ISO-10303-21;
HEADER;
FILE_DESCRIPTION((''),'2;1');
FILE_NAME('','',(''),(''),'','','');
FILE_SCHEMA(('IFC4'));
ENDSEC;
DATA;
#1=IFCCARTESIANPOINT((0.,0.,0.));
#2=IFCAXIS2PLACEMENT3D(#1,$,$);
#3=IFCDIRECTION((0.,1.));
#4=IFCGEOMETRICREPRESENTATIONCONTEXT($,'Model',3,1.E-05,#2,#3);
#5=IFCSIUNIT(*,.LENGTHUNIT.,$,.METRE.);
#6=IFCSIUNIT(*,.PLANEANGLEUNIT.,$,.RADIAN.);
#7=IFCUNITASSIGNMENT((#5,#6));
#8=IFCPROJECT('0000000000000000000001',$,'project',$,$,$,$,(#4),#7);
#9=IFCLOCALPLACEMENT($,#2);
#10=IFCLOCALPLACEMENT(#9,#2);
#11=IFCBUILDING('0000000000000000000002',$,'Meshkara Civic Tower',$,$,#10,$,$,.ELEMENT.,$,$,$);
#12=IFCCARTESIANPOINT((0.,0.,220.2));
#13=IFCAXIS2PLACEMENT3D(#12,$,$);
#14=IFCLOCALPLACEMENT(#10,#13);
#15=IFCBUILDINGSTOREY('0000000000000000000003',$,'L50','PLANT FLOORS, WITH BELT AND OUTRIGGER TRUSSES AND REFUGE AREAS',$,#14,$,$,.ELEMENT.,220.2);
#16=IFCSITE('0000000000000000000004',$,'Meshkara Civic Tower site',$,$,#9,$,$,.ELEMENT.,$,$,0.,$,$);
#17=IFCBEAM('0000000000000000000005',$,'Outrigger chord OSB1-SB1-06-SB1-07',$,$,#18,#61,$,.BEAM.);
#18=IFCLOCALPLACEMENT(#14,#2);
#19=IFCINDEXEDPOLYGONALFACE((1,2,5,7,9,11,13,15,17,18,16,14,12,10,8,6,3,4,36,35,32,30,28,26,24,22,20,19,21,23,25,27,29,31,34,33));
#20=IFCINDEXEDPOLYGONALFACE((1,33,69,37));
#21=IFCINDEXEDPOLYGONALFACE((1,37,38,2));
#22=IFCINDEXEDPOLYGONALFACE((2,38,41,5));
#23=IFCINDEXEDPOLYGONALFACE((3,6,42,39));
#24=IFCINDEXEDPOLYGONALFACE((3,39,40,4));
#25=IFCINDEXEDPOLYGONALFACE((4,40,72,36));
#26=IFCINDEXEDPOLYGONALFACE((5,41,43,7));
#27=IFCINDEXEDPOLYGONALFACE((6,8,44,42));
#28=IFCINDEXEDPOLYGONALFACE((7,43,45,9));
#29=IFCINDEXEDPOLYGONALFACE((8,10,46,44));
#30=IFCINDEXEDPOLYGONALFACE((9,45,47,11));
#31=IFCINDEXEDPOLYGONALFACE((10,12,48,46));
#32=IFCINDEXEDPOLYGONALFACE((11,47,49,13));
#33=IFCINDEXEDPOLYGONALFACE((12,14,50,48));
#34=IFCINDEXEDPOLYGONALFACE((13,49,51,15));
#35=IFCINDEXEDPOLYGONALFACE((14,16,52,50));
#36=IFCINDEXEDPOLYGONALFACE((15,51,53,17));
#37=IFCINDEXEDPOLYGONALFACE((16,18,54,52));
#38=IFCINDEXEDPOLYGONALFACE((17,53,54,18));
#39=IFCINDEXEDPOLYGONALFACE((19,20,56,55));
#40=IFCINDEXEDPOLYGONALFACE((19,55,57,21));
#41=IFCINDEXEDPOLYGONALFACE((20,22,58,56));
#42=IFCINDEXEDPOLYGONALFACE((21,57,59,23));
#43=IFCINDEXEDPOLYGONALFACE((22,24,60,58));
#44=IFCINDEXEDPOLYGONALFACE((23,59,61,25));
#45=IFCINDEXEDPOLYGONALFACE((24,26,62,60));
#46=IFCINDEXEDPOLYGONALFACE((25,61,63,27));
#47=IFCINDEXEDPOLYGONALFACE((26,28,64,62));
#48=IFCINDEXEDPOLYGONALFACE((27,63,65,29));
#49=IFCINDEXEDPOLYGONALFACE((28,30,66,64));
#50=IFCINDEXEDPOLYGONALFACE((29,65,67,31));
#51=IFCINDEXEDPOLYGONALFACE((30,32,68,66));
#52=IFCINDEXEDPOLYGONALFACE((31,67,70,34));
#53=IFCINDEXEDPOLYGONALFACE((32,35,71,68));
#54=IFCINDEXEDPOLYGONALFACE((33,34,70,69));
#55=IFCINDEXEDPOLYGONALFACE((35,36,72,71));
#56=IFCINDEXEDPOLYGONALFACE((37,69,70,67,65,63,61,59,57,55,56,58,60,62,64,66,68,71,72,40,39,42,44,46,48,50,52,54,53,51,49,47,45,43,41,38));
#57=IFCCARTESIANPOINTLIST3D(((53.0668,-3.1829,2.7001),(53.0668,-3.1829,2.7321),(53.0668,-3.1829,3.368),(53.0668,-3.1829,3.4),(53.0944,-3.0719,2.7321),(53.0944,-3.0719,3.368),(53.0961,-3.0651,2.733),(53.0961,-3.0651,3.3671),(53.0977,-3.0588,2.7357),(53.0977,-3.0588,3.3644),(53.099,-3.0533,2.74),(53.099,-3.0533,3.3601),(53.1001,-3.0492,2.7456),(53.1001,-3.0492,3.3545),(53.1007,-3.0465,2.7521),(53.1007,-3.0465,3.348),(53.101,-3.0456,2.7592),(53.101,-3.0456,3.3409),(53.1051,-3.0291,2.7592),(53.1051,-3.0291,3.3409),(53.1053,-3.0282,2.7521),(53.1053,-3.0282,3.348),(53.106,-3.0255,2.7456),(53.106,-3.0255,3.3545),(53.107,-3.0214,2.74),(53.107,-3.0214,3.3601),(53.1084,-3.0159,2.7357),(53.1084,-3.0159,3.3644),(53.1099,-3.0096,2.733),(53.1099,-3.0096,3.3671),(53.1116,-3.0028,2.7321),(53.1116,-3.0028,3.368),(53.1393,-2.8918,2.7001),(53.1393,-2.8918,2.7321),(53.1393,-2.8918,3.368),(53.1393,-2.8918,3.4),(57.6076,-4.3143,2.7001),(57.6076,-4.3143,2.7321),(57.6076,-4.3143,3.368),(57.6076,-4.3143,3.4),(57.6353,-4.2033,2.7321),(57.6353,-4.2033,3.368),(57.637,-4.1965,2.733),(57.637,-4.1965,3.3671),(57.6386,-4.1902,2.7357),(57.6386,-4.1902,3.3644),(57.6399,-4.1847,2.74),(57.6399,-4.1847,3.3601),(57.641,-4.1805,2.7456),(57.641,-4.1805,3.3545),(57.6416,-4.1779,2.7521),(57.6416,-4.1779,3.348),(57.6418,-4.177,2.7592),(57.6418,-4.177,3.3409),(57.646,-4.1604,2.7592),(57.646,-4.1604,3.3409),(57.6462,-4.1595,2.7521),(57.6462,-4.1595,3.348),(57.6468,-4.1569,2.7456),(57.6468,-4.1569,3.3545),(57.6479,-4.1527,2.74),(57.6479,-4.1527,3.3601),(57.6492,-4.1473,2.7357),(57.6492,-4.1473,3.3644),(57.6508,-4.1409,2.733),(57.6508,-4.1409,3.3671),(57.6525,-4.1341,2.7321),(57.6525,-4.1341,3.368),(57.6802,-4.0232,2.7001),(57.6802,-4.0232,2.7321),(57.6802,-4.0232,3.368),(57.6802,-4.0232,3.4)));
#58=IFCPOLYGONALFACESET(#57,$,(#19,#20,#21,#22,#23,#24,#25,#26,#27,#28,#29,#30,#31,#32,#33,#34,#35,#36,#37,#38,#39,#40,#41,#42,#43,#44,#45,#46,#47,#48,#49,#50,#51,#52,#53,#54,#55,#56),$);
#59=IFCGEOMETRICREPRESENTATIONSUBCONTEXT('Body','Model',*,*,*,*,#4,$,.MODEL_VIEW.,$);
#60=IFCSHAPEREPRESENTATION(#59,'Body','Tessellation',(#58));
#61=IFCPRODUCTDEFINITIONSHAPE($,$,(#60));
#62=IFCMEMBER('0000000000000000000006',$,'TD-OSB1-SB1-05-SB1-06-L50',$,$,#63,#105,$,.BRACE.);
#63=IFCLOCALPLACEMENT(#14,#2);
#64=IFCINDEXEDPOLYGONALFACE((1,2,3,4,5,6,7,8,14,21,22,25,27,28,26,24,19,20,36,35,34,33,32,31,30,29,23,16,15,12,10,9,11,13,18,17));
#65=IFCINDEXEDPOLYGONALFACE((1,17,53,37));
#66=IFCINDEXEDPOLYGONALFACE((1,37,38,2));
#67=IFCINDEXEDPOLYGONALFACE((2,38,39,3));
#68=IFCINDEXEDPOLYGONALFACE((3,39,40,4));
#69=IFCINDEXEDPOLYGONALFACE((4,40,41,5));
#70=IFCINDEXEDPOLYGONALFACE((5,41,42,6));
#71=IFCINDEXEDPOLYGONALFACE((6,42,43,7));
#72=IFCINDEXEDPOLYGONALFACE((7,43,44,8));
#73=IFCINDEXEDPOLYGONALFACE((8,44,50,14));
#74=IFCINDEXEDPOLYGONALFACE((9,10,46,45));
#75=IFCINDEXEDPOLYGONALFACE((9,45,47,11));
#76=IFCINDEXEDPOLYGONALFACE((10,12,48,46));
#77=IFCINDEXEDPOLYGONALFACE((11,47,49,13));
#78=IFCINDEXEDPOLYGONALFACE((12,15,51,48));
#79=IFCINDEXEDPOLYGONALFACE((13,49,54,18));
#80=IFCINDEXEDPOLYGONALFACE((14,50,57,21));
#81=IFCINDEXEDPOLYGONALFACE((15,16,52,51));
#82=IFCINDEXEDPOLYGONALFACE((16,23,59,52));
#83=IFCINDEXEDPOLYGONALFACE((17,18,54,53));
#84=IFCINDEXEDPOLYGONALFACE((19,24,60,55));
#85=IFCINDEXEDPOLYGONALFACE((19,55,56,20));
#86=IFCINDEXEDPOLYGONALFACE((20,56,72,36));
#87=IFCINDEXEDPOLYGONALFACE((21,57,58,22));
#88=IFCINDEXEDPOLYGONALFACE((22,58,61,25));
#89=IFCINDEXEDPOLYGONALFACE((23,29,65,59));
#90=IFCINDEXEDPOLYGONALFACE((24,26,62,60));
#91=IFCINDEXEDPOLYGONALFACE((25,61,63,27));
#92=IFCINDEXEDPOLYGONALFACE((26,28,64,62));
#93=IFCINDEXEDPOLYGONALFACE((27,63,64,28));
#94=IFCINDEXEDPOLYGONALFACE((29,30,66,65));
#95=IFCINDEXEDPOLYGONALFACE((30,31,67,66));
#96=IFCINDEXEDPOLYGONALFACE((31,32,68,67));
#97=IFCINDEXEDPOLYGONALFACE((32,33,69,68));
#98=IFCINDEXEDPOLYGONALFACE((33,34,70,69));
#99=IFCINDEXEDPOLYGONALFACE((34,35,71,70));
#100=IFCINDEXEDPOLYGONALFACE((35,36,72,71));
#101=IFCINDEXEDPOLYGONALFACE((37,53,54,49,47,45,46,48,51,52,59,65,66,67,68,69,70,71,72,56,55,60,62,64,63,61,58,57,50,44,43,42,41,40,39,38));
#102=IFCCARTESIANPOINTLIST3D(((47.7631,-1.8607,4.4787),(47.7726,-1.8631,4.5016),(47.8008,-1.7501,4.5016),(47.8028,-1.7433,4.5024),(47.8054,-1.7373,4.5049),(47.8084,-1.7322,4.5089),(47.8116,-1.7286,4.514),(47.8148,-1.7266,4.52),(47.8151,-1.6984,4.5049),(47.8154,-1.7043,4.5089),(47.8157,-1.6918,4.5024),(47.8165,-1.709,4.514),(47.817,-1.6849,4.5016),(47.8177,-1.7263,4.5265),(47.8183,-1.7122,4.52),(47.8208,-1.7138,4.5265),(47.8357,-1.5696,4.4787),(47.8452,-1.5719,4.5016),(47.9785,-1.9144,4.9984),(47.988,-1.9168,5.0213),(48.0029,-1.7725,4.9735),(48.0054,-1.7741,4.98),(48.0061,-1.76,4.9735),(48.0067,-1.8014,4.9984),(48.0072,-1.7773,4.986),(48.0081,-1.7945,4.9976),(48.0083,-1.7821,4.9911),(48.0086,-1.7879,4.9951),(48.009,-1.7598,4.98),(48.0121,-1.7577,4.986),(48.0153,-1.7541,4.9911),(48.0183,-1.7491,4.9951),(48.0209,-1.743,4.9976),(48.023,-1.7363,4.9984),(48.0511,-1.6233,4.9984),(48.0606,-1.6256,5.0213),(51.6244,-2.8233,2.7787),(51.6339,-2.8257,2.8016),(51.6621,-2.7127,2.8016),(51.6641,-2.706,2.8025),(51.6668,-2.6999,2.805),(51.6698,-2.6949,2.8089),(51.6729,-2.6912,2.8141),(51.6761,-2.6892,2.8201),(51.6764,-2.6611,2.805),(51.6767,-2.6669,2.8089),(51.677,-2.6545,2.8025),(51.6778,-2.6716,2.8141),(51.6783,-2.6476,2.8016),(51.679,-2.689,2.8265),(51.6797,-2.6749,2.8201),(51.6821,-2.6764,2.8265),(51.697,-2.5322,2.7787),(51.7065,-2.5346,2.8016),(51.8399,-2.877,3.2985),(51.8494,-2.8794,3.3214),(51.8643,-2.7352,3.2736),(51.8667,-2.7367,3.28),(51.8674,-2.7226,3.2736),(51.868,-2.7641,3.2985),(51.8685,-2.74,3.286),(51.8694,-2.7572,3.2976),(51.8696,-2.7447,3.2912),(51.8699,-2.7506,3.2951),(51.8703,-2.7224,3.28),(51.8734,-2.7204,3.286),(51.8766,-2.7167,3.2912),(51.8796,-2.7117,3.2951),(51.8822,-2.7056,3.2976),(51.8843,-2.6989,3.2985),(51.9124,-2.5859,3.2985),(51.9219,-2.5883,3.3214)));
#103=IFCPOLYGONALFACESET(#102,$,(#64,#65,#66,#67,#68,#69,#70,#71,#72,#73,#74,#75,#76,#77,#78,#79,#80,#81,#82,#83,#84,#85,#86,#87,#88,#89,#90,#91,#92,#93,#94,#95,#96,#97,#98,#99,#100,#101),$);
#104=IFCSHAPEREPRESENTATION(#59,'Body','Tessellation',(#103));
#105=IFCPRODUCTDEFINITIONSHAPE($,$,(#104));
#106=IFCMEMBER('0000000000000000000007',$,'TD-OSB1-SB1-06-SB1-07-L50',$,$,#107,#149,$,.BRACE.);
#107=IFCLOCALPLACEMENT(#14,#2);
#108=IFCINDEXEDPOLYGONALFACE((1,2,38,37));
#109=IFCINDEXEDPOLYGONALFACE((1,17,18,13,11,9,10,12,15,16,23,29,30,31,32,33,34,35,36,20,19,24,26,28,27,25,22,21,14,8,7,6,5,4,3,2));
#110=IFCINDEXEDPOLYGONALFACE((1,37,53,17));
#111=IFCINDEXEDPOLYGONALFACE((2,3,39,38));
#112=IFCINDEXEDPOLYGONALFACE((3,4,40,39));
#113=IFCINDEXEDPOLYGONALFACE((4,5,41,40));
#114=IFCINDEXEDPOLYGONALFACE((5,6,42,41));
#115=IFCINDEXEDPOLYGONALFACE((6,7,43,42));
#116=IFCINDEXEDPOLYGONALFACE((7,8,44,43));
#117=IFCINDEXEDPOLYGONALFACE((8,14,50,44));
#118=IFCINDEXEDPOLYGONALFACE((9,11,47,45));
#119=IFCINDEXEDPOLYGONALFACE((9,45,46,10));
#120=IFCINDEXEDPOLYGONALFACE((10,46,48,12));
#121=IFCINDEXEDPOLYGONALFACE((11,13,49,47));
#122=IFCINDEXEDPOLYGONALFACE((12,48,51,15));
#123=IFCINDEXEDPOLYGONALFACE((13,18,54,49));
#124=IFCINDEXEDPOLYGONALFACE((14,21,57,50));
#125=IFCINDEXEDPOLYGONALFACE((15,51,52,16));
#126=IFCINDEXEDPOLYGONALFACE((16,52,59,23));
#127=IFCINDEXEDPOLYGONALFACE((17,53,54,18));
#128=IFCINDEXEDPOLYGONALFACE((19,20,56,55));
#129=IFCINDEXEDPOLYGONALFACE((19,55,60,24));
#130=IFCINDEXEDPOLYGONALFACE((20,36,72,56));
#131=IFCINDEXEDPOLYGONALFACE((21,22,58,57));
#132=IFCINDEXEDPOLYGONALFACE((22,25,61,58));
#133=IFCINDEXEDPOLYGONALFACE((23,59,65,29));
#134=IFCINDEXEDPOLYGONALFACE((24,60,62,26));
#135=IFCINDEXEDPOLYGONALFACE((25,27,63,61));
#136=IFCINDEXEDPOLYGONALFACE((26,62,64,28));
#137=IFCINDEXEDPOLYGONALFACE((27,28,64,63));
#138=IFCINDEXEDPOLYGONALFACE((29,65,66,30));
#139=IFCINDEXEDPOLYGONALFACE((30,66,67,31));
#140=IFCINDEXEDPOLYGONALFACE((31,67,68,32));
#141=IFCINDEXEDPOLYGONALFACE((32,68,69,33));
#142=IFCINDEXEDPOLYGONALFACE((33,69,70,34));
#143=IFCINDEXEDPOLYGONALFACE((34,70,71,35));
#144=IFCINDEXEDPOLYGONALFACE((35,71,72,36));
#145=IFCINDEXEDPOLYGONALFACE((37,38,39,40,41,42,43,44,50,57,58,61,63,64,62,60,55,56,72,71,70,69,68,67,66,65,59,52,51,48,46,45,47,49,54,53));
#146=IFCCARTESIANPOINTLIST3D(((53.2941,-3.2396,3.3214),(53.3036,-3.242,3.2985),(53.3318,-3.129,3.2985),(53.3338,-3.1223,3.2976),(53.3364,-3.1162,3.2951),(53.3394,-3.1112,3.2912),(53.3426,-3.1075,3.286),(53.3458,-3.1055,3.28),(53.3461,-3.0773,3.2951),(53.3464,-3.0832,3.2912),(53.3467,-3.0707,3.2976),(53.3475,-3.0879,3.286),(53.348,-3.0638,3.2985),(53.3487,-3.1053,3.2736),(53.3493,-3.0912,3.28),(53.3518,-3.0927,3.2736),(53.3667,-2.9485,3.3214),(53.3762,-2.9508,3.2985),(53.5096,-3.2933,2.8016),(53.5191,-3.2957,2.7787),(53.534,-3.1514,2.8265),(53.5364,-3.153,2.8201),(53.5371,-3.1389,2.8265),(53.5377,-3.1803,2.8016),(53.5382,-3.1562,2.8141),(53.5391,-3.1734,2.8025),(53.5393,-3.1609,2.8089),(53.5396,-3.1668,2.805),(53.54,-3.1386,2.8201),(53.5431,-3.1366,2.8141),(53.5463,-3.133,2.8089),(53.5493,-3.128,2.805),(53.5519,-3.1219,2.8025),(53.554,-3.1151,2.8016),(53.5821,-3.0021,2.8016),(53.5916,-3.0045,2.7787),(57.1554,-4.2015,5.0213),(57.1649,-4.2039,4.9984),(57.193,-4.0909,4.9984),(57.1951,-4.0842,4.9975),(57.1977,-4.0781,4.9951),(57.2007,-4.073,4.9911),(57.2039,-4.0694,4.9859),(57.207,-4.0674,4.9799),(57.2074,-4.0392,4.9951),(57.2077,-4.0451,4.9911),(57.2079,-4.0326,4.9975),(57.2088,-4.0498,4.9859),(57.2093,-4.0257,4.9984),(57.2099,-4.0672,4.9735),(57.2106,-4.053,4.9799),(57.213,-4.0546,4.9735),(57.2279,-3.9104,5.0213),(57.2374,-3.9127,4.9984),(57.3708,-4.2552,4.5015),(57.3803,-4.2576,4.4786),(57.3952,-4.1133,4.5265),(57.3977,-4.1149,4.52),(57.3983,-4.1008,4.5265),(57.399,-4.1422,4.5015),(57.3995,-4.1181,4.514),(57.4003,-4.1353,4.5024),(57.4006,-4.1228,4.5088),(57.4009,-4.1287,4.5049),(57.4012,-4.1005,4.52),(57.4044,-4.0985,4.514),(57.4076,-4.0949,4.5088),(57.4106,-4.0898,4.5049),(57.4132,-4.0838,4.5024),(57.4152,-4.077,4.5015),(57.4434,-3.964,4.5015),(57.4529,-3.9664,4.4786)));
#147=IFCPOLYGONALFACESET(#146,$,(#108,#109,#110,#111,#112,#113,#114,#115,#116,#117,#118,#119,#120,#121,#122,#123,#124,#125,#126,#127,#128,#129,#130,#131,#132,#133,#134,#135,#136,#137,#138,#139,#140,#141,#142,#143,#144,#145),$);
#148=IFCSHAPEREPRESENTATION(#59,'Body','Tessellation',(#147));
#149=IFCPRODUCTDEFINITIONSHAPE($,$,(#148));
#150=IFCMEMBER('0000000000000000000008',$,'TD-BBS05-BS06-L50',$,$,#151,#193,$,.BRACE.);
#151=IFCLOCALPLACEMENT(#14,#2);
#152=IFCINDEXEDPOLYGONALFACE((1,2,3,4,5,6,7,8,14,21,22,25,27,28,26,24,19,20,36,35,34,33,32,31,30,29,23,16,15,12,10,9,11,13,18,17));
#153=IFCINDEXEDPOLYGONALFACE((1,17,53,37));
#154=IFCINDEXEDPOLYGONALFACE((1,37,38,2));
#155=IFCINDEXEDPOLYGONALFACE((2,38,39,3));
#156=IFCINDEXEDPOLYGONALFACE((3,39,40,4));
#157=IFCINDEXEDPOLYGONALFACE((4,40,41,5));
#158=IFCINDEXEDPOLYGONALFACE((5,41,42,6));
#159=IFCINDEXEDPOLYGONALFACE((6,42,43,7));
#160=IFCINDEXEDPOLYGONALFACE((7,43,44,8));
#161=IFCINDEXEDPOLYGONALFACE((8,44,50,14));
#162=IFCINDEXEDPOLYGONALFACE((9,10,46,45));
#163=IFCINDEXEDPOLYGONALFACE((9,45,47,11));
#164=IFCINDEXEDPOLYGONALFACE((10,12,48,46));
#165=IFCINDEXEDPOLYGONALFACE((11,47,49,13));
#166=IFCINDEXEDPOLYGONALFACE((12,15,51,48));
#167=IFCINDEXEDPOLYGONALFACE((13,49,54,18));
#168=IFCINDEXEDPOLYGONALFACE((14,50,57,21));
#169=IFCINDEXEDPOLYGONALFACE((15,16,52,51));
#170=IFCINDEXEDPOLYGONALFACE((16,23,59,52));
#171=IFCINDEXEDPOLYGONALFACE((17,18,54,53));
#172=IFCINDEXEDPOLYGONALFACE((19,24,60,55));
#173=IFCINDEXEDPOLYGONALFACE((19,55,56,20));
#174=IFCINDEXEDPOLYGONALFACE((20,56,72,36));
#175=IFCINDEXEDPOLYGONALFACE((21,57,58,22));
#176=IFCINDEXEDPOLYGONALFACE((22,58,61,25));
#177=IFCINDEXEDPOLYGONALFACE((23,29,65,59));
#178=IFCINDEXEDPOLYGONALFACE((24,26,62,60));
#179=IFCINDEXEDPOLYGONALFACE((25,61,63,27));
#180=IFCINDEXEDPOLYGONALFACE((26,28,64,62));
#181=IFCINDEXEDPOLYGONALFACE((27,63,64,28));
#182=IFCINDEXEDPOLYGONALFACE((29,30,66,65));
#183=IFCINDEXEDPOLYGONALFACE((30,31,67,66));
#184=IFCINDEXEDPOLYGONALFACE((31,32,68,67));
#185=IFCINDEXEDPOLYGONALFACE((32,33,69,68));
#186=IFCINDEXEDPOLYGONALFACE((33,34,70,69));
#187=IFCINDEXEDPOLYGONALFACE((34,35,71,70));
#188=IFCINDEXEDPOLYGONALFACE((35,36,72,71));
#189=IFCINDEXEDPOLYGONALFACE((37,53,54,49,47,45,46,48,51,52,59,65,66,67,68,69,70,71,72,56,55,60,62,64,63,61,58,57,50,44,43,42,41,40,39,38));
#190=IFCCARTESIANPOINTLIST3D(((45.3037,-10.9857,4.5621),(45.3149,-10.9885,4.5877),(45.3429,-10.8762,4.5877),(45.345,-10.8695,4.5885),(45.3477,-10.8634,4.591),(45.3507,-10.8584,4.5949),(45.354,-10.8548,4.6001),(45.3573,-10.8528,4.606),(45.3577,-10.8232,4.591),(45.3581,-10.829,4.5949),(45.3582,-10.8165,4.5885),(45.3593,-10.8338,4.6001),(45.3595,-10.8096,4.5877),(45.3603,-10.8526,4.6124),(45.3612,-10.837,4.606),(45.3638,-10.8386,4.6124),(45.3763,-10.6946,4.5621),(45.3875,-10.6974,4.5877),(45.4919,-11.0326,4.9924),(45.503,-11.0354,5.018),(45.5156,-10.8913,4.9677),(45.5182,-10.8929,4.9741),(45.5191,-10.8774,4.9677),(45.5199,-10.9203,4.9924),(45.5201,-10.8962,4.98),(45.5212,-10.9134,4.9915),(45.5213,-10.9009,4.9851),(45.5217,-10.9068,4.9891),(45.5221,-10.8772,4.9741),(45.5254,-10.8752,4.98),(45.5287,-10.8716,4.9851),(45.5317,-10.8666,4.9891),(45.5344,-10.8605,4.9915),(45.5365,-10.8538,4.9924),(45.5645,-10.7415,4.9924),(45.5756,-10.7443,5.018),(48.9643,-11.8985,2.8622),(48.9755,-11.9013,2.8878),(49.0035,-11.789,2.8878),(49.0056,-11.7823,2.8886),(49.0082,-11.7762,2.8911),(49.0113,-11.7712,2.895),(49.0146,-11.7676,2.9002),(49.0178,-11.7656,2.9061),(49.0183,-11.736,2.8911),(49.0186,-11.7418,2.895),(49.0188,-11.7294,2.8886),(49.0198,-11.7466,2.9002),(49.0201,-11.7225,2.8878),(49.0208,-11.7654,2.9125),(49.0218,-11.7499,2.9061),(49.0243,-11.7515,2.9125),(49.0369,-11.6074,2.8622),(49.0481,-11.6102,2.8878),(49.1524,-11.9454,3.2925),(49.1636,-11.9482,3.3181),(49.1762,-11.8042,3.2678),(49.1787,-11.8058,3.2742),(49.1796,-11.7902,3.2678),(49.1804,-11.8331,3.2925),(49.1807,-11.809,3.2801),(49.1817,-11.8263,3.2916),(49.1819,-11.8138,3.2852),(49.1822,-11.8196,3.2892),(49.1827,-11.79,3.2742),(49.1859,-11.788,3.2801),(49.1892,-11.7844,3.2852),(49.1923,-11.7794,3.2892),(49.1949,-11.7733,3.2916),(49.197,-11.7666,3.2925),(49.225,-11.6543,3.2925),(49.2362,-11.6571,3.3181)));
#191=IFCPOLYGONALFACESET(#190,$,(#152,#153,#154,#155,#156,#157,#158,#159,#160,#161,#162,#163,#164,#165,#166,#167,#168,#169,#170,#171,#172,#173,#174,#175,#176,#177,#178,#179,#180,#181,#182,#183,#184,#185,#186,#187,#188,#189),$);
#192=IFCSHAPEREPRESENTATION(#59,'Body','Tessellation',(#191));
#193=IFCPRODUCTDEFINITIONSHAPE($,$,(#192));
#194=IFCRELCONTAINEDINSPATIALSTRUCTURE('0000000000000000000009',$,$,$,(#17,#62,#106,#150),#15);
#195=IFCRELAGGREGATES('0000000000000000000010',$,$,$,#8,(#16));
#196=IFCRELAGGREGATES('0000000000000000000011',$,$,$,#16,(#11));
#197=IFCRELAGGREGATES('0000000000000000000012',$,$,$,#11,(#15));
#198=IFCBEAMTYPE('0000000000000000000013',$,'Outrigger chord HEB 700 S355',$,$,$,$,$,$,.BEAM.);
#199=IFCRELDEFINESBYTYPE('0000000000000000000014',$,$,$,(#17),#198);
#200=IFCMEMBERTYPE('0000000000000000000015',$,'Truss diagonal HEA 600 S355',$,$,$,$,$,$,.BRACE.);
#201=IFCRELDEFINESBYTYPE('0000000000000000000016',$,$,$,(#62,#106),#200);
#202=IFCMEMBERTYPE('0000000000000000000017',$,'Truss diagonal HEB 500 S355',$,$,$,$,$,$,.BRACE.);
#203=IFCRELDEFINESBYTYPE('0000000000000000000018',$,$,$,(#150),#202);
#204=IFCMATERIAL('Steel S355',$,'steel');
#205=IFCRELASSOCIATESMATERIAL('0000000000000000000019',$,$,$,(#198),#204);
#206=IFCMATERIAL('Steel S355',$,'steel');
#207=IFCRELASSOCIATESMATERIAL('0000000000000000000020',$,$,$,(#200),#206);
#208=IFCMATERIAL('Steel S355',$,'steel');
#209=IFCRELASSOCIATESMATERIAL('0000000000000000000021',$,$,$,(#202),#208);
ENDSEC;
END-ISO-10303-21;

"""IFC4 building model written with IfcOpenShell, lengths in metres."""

from ifc_helpers import new_model, si_unit, direction, frame, origin, origin_2d, place, context, subcontext, project, spatial, i_section, extrude, material, material_profile, profile_set, type_object, element, save


model = new_model("IFC4")

# Units and contexts
model_context = context("Model", 3, precision=1e-05, world=origin(), true_north=direction((0.0, 1.0)))
body_context = subcontext(model_context, "Body", "Model", "MODEL_VIEW")
ifc_project = project(units=[si_unit("LENGTHUNIT", "METRE"), si_unit("PLANEANGLEUNIT", "RADIAN")], contexts=[model_context])

# Site, building, storey
site_placement = place(None, origin())
site = spatial("IfcSite", under=ifc_project, at=site_placement, Name="Meshkara Civic Tower site", CompositionType="ELEMENT", RefElevation=0.0)
building_placement = place(site_placement, origin())
building = spatial("IfcBuilding", under=site, at=building_placement, Name="Meshkara Civic Tower", CompositionType="ELEMENT")
storey_placement = place(building_placement, frame((0.0, 0.0, 220.2)))
storey = spatial("IfcBuildingStorey", under=building, at=storey_placement, Name="L50", Description="PLANT FLOORS, WITH BELT AND OUTRIGGER TRUSSES AND REFUGE AREAS", CompositionType="ELEMENT", Elevation=220.2)

# Beam
ifc_material_1 = material(Name="Steel S355", Category="steel")
ifc_material_profile_1 = material_profile(ifc_material_1, i_section(OverallWidth=0.3, OverallDepth=0.7, WebThickness=0.0171, FlangeThickness=0.032, FilletRadius=0.0271, at=origin_2d()))
ifc_profile_set_1 = profile_set([ifc_material_profile_1], Name="Steel S355")
beam_type_1 = type_object("IfcBeamType", Name="Outrigger chord HEB 700 S355", PredefinedType="BEAM", material=ifc_profile_set_1)
for number, where, z_axis, x_axis, name in (
    (1, (53.103, -3.0374, 3.05), (0.970336, -0.241762, 0.0), (0.241762, 0.970336, 0.0), "Outrigger chord OSB1-SB1-06-SB1-07"),
):
    element("IfcBeam", number, at=place(storey_placement, frame(where, z_axis=z_axis, x_axis=x_axis)), inside=storey, type_object=beam_type_1, Name=name, PredefinedType="BEAM", context=body_context, shape_type="SweptSolid", body=[
        extrude(i_section(OverallWidth=0.3, OverallDepth=0.7, WebThickness=0.0171, FlangeThickness=0.032, FilletRadius=0.0271, at=origin_2d()), origin(), (0.0, 0.0, 1.0), 4.6797),
    ])

# Members
ifc_material_2 = material(Name="Steel S355", Category="steel")
ifc_material_profile_2 = material_profile(ifc_material_2, i_section(OverallWidth=0.3, OverallDepth=0.5901, WebThickness=0.0129, FlangeThickness=0.0249, FilletRadius=0.0271, at=origin_2d()))
ifc_profile_set_2 = profile_set([ifc_material_profile_2], Name="Steel S355")
member_type_1 = type_object("IfcMemberType", Name="Truss diagonal HEA 600 S355", PredefinedType="BRACE", material=ifc_profile_set_2)
member_1_placement = place(storey_placement, frame((47.9119, -1.7432, 4.75), z_axis=(0.892298, -0.222454, -0.392834), x_axis=(0.2419, 0.970301, 0.0)))
element("IfcMember", 2, at=member_1_placement, inside=storey, type_object=member_type_1, Name="TD-OSB1-SB1-05-SB1-06-L50", PredefinedType="BRACE", context=body_context, shape_type="SweptSolid", body=[
    extrude(i_section(OverallWidth=0.3, OverallDepth=0.5901, WebThickness=0.0129, FlangeThickness=0.0249, FilletRadius=0.0271, at=origin_2d()), origin(), (0.0, 0.0, 1.0), 4.3274),
])
member_2_placement = place(storey_placement, frame((53.4429, -3.1221, 3.05), z_axis=(0.892331, -0.222293, 0.392849), x_axis=(0.241727, 0.970344, 0.0)))
element("IfcMember", 3, at=member_2_placement, inside=storey, type_object=member_type_1, Name="TD-OSB1-SB1-06-SB1-07-L50", PredefinedType="BRACE", context=body_context, shape_type="SweptSolid", body=[
    extrude(i_section(OverallWidth=0.3, OverallDepth=0.5901, WebThickness=0.0129, FlangeThickness=0.0249, FilletRadius=0.0271, at=origin_2d()), origin(), (0.0, 0.0, 1.0), 4.3271),
])
ifc_material_3 = material(Name="Steel S355", Category="steel")
ifc_material_profile_3 = material_profile(ifc_material_3, i_section(OverallWidth=0.3, OverallDepth=0.5, WebThickness=0.0144, FlangeThickness=0.0281, FilletRadius=0.0271, at=origin_2d()))
ifc_profile_set_3 = profile_set([ifc_material_profile_3], Name="Steel S355")
member_type_2 = type_object("IfcMemberType", Name="Truss diagonal HEB 500 S355", PredefinedType="BRACE", material=ifc_profile_set_3)
member_3_placement = place(storey_placement, frame((45.4397, -10.865, 4.79), z_axis=(0.884631, -0.220597, -0.41081), x_axis=(0.241957, 0.970287, 0.0)))
element("IfcMember", 4, at=member_3_placement, inside=storey, type_object=member_type_2, Name="TD-BBS05-BS06-L50", PredefinedType="BRACE", context=body_context, shape_type="SweptSolid", body=[
    extrude(i_section(OverallWidth=0.3, OverallDepth=0.5, WebThickness=0.0144, FlangeThickness=0.0281, FilletRadius=0.0271, at=origin_2d()), origin(), (0.0, 0.0, 1.0), 4.1379),
])

save(model, "model.ifc")
